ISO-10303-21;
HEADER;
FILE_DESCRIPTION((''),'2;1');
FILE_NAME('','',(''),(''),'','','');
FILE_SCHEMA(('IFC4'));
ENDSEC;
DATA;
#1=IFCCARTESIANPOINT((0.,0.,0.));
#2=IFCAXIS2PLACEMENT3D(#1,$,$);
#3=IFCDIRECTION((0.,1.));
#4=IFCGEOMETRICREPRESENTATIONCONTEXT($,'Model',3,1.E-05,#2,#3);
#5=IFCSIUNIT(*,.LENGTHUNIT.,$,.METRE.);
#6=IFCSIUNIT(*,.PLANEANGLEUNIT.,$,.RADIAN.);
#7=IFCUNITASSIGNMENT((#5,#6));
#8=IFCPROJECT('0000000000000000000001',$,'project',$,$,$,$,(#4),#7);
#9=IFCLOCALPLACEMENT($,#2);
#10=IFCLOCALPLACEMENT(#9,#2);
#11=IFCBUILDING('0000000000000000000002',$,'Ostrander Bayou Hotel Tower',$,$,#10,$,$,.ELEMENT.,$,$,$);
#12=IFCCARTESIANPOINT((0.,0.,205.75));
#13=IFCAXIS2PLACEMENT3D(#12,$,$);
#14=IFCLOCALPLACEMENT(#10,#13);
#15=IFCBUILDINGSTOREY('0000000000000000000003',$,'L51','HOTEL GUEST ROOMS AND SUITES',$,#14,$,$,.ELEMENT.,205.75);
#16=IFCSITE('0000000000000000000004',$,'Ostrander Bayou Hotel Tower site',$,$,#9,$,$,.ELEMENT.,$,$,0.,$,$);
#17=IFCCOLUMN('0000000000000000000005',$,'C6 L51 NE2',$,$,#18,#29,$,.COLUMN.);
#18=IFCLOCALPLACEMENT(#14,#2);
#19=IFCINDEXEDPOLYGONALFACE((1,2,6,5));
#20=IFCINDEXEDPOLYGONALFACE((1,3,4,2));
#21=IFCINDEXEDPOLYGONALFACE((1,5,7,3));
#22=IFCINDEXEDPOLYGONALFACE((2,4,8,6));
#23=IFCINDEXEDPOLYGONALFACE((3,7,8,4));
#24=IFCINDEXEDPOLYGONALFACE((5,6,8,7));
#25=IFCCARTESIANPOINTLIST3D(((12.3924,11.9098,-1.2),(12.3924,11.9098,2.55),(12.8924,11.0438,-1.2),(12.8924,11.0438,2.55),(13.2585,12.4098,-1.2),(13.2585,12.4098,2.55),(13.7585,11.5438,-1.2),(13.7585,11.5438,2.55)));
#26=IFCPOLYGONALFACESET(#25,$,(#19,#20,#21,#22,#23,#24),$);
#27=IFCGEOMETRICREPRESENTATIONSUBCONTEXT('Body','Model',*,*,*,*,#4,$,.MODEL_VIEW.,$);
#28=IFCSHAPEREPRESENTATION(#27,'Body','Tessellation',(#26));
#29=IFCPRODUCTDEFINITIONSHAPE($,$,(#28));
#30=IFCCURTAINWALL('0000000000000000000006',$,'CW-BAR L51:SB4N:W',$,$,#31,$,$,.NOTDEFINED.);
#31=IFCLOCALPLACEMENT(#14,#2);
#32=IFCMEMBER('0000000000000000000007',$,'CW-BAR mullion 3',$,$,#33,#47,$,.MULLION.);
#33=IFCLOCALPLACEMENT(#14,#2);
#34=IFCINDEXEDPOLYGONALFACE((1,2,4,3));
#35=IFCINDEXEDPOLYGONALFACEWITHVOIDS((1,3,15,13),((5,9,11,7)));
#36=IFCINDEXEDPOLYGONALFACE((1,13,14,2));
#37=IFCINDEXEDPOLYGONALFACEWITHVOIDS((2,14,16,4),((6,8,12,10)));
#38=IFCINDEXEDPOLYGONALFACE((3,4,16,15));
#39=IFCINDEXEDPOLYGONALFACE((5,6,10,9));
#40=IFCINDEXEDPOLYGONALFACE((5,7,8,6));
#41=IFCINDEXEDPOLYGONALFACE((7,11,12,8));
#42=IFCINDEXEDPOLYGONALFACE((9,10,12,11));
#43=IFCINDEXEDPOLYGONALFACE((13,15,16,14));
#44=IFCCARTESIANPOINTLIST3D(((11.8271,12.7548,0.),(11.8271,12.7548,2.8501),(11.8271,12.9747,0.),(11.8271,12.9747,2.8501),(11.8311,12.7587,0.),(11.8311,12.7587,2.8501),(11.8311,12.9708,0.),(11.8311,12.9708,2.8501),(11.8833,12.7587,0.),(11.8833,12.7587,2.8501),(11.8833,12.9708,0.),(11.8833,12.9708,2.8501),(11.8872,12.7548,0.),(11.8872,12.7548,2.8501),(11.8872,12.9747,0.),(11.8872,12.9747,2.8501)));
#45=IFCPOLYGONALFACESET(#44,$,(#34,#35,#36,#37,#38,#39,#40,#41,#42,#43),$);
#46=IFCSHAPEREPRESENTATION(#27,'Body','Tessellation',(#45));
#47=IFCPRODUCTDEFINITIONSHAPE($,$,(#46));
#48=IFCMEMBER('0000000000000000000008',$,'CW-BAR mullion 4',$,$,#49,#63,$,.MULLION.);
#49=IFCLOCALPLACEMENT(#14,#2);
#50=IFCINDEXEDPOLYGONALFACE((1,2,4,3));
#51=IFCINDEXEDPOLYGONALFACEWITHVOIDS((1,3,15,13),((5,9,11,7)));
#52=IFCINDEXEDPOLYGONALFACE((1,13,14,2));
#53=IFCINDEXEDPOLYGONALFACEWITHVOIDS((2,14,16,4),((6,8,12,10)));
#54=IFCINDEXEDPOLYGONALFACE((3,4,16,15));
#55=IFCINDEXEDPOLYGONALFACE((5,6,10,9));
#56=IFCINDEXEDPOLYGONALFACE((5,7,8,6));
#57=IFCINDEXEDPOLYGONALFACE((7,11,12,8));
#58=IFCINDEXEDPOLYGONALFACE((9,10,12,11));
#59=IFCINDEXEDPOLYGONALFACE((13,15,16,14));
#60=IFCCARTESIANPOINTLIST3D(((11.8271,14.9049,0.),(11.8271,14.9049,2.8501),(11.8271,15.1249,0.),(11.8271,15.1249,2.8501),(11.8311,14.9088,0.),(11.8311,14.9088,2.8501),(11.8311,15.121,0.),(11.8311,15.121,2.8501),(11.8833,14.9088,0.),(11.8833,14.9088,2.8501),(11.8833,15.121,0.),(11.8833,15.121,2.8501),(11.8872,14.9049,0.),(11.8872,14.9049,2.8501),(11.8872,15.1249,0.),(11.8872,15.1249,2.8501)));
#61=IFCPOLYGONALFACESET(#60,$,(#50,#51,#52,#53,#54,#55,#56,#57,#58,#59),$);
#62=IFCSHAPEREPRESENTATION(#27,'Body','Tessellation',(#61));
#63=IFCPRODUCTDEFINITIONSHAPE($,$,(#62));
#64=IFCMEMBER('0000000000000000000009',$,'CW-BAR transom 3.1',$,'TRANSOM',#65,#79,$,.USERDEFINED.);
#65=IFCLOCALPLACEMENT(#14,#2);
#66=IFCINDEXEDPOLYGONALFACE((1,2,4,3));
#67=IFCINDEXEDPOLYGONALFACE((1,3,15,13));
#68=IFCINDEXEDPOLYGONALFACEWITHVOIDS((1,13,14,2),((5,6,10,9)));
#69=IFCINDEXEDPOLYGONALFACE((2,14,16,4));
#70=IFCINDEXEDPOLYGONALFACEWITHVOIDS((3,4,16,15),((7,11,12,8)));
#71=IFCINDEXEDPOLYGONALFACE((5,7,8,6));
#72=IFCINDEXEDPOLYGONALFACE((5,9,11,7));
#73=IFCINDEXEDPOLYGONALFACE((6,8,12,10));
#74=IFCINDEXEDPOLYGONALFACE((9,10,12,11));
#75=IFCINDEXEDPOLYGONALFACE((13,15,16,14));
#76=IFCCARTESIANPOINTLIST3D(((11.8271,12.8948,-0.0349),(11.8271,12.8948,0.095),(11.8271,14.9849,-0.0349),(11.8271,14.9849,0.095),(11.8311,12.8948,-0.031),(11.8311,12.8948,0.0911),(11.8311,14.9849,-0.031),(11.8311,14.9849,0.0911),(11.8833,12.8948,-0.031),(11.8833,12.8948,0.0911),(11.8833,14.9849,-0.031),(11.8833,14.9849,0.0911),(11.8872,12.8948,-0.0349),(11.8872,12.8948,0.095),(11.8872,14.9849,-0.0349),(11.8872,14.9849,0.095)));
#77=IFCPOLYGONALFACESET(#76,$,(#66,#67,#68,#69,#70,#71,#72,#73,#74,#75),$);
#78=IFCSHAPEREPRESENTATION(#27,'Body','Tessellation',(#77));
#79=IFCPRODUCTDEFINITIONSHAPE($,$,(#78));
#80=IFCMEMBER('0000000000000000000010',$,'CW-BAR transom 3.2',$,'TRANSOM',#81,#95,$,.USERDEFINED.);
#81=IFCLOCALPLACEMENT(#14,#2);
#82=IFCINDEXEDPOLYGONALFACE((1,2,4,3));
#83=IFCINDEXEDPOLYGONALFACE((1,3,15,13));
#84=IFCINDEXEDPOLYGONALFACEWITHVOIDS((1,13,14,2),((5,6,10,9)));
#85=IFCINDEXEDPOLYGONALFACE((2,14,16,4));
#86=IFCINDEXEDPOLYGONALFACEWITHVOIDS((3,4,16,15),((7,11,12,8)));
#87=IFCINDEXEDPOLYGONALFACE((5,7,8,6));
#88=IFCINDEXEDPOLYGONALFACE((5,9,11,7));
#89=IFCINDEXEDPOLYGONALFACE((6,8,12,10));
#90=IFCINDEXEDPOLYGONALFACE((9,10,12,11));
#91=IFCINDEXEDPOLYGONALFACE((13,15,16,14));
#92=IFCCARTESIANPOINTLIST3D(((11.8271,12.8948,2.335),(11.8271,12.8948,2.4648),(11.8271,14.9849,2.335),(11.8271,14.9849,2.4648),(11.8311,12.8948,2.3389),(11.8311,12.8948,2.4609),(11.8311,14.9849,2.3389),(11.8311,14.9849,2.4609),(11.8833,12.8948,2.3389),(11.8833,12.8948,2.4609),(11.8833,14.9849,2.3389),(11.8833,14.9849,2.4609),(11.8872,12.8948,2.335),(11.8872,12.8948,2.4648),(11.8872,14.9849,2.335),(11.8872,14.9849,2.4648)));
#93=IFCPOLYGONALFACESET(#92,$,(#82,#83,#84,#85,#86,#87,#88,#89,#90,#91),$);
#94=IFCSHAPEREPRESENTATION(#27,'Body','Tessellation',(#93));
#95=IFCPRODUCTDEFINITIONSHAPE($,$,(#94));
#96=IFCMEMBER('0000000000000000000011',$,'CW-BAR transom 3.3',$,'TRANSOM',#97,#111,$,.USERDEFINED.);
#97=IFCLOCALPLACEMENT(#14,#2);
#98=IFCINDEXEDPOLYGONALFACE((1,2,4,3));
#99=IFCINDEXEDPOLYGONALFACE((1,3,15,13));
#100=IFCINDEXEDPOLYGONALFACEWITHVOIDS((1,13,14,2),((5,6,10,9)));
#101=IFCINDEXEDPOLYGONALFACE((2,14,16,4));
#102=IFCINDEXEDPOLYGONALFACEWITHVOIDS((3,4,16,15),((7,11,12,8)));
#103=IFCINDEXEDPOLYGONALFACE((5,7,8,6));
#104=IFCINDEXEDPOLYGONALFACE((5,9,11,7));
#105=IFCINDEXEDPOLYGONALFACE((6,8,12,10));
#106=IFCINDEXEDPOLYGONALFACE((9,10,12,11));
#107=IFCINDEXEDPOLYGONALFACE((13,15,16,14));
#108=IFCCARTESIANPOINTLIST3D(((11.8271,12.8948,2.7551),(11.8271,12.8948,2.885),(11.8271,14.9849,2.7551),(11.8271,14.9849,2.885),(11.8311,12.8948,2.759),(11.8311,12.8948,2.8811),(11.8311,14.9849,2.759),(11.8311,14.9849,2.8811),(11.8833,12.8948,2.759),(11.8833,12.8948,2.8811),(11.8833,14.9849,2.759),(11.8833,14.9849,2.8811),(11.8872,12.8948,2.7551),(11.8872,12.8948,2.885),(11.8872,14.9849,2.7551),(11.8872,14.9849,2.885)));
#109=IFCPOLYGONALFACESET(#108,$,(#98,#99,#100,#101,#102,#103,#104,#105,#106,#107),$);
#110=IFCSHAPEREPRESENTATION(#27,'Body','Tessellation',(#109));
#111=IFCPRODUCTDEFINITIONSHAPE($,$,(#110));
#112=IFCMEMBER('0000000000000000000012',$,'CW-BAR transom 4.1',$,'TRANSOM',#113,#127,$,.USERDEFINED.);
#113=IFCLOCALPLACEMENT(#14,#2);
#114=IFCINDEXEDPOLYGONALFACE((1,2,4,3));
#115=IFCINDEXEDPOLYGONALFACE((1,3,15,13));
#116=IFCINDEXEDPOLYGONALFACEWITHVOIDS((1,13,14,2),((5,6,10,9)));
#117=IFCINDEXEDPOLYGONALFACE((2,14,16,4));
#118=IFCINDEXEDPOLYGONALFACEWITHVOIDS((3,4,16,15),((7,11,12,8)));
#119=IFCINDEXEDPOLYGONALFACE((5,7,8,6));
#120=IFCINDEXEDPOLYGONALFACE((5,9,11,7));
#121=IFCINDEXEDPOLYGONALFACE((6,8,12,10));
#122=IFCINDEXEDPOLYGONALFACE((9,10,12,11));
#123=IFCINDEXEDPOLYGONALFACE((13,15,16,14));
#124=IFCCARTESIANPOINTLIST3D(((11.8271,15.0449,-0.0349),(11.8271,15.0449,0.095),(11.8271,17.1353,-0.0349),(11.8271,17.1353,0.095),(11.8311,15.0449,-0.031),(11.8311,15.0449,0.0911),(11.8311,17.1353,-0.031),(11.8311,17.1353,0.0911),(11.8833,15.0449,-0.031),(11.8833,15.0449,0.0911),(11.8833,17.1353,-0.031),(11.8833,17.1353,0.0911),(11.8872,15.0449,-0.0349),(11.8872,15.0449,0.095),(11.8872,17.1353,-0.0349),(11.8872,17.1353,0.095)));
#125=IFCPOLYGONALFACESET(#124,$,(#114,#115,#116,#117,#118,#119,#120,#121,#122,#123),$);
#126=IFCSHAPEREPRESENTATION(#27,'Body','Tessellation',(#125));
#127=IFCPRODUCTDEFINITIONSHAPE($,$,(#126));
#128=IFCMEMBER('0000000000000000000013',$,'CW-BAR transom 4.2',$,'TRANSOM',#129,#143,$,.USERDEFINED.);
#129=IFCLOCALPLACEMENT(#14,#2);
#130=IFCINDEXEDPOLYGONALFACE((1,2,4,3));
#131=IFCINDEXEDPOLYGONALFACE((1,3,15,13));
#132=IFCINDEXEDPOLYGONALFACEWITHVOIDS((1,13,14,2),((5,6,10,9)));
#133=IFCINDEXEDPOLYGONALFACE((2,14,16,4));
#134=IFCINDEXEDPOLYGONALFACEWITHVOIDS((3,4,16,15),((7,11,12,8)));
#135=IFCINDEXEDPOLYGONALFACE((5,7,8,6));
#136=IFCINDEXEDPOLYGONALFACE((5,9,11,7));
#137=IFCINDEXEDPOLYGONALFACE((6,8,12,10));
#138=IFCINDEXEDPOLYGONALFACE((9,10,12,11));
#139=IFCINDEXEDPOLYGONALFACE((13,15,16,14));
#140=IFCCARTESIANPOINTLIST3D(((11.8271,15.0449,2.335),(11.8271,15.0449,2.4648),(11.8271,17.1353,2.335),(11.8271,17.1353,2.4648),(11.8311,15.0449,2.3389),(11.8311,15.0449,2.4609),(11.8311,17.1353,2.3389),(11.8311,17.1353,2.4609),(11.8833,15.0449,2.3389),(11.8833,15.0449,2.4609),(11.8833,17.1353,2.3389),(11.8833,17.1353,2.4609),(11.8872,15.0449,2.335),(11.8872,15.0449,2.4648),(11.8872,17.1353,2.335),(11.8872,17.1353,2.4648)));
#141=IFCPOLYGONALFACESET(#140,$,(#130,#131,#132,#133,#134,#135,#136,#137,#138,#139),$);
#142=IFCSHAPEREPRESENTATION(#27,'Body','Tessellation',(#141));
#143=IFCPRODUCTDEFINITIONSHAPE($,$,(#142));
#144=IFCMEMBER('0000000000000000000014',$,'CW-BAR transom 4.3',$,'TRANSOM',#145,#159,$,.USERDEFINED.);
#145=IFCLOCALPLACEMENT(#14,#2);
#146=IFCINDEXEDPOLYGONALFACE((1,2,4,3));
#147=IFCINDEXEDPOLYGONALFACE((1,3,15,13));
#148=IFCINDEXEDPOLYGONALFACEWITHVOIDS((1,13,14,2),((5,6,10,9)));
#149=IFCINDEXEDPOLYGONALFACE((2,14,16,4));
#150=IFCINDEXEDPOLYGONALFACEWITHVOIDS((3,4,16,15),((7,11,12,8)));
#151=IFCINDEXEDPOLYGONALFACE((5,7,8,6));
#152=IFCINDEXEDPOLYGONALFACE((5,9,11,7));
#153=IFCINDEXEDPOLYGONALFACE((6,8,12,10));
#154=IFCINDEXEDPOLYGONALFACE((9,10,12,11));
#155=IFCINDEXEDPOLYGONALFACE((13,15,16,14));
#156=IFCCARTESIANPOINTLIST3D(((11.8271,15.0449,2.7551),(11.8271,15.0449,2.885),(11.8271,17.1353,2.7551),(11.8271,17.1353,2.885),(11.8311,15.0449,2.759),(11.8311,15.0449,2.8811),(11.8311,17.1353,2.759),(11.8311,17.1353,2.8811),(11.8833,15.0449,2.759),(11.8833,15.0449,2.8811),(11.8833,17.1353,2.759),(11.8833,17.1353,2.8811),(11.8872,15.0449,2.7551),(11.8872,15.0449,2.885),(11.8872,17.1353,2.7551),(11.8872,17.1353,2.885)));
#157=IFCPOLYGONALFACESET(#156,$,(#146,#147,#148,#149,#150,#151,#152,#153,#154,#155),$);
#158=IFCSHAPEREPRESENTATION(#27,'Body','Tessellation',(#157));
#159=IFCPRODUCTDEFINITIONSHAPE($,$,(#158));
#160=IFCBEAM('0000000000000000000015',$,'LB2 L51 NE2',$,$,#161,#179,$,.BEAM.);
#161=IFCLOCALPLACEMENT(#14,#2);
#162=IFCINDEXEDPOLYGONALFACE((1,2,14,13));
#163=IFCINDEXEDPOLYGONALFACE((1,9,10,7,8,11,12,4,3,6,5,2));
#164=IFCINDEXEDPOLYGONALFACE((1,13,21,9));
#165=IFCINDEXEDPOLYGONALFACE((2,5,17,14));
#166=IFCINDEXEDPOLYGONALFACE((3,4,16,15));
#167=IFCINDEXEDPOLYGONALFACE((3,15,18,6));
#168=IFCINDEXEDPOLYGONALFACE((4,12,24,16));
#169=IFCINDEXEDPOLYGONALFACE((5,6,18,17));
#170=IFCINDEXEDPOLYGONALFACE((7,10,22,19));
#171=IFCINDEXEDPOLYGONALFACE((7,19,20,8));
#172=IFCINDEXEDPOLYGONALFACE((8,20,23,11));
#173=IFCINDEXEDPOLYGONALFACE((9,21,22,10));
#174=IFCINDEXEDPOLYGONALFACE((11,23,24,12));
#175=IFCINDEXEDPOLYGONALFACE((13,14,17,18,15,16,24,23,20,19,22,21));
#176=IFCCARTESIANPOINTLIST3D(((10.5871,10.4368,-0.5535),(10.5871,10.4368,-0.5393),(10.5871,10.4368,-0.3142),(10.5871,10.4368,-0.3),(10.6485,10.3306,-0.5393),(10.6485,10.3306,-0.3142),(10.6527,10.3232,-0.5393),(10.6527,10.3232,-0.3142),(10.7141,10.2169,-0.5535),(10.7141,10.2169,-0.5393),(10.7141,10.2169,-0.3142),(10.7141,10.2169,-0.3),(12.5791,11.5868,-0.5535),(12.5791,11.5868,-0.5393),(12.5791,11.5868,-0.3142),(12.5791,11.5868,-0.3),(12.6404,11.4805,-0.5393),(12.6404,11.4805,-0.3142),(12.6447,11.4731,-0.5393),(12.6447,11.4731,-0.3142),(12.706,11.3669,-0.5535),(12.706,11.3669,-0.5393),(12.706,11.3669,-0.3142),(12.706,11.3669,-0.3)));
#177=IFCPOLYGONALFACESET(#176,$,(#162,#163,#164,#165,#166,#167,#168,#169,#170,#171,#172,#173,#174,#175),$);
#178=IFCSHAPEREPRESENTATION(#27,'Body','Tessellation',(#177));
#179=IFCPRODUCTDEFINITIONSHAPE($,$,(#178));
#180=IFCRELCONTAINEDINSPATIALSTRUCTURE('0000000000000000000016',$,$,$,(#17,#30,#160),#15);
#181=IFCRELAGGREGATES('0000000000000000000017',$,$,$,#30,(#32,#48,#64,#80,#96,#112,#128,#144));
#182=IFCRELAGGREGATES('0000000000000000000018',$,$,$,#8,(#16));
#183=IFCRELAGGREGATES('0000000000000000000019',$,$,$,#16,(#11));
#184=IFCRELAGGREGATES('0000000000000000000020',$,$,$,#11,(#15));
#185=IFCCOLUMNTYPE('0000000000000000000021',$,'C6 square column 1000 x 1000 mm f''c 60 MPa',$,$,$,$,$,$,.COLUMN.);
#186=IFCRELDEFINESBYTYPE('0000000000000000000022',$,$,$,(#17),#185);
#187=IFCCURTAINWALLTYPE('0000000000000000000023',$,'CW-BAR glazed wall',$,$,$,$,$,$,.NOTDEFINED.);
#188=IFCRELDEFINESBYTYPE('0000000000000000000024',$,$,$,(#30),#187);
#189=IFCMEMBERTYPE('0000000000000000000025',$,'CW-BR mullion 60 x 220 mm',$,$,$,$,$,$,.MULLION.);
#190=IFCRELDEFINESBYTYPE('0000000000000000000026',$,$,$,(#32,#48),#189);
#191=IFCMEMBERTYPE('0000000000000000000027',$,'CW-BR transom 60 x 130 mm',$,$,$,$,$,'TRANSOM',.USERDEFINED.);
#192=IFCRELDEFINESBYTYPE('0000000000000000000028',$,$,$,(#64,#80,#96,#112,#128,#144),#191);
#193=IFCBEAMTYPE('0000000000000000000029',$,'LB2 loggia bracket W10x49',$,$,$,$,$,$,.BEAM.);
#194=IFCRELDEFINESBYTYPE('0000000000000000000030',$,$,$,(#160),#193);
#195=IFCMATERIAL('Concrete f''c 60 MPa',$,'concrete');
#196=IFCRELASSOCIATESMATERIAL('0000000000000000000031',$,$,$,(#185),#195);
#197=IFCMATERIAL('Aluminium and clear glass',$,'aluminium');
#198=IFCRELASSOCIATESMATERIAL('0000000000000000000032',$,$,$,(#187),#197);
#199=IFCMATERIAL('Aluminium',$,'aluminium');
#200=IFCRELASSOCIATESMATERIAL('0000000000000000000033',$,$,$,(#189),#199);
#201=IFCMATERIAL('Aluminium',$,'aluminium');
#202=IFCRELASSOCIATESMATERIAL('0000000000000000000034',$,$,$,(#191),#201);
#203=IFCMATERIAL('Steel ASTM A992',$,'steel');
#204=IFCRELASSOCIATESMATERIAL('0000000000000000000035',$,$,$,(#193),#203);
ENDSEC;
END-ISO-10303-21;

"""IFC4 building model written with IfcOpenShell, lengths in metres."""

from ifc_helpers import new_model, si_unit, direction, frame, origin, origin_2d, place, context, subcontext, project, spatial, rectangle, hollow_rectangle, i_section, extrude, material, material_profile, profile_set, type_object, element, aggregate, save


model = new_model("IFC4")

# Units and contexts
model_context = context("Model", 3, precision=1e-05, world=origin(), true_north=direction((0.0, 1.0)))
body_context = subcontext(model_context, "Body", "Model", "MODEL_VIEW")
ifc_project = project(units=[si_unit("LENGTHUNIT", "METRE"), si_unit("PLANEANGLEUNIT", "RADIAN")], contexts=[model_context])

# Site, building, storey
site_placement = place(None, origin())
site = spatial("IfcSite", under=ifc_project, at=site_placement, Name="Ostrander Bayou Hotel Tower site", CompositionType="ELEMENT", RefElevation=0.0)
building_placement = place(site_placement, origin())
building = spatial("IfcBuilding", under=site, at=building_placement, Name="Ostrander Bayou Hotel Tower", CompositionType="ELEMENT")
storey_placement = place(building_placement, frame((0.0, 0.0, 205.75)))
storey = spatial("IfcBuildingStorey", under=building, at=storey_placement, Name="L51", Description="HOTEL GUEST ROOMS AND SUITES", CompositionType="ELEMENT", Elevation=205.75)

# Column
ifc_material_1 = material(Name="Concrete f'c 60 MPa", Category="concrete")
ifc_material_profile_1 = material_profile(ifc_material_1, rectangle(XDim=1.0, YDim=1.0, at=origin_2d()))
ifc_profile_set_1 = profile_set([ifc_material_profile_1], Name="Concrete f'c 60 MPa")
column_type = type_object("IfcColumnType", Name="C6 square column 1000 x 1000 mm f'c 60 MPa", PredefinedType="COLUMN", material=ifc_profile_set_1)
column_placement = place(storey_placement, frame((13.0754, 11.7268, -1.2), z_axis=(0.0, 0.0, 1.0), x_axis=(0.5, -0.866025, 0.0)))
element("IfcColumn", 1, at=column_placement, inside=storey, type_object=column_type, Name="C6 L51 NE2", PredefinedType="COLUMN", context=body_context, shape_type="SweptSolid", body=[
    extrude(rectangle(XDim=1.0, YDim=1.0, at=origin_2d()), origin(), (0.0, 0.0, 1.0), 3.75),
])

# Curtain wall, members
ifc_material_2 = material(Name="Aluminium and clear glass", Category="aluminium")
curtain_wall_type = type_object("IfcCurtainWallType", Name="CW-BAR glazed wall", PredefinedType="NOTDEFINED", material=ifc_material_2)
curtain_wall_placement = place(storey_placement, origin())
curtain_wall = element("IfcCurtainWall", 2, at=curtain_wall_placement, inside=storey, type_object=curtain_wall_type, Name="CW-BAR L51:SB4N:W", PredefinedType="NOTDEFINED")
ifc_material_3 = material(Name="Aluminium", Category="aluminium")
ifc_material_profile_2 = material_profile(ifc_material_3, hollow_rectangle(XDim=0.0601, YDim=0.22, WallThickness=0.0039, at=origin_2d()))
ifc_profile_set_2 = profile_set([ifc_material_profile_2], Name="Aluminium")
member_type_1 = type_object("IfcMemberType", Name="CW-BR mullion 60 x 220 mm", PredefinedType="MULLION", material=ifc_profile_set_2)
member_1_placement = place(storey_placement, frame((11.8572, 12.8647, 0.0), z_axis=(0.0, 0.0, 1.0), x_axis=(-1.0, 0.0, 0.0)))
member_1 = element("IfcMember", 3, at=member_1_placement, type_object=member_type_1, Name="CW-BAR mullion 3", PredefinedType="MULLION", context=body_context, shape_type="SweptSolid", body=[
    extrude(hollow_rectangle(XDim=0.0601, YDim=0.22, WallThickness=0.0039, at=origin_2d()), origin(), (0.0, 0.0, 1.0), 2.8501),
])
member_2_placement = place(storey_placement, frame((11.8572, 15.0149, 0.0), z_axis=(0.0, 0.0, 1.0), x_axis=(-1.0, 0.0, 0.0)))
member_2 = element("IfcMember", 4, at=member_2_placement, type_object=member_type_1, Name="CW-BAR mullion 4", PredefinedType="MULLION", context=body_context, shape_type="SweptSolid", body=[
    extrude(hollow_rectangle(XDim=0.0601, YDim=0.22, WallThickness=0.0039, at=origin_2d()), origin(), (0.0, 0.0, 1.0), 2.8501),
])
ifc_material_4 = material(Name="Aluminium", Category="aluminium")
ifc_material_profile_3 = material_profile(ifc_material_4, hollow_rectangle(XDim=0.0601, YDim=0.1299, WallThickness=0.0039, at=origin_2d()))
ifc_profile_set_3 = profile_set([ifc_material_profile_3], Name="Aluminium")
member_type_2 = type_object("IfcMemberType", Name="CW-BR transom 60 x 130 mm", ElementType="TRANSOM", PredefinedType="USERDEFINED", material=ifc_profile_set_3)
member_3_placement = place(storey_placement, frame((11.8572, 12.8948, 0.03), z_axis=(0.0, 1.0, 0.0), x_axis=(-1.0, 0.0, 0.0)))
member_3 = element("IfcMember", 5, at=member_3_placement, type_object=member_type_2, Name="CW-BAR transom 3.1", ObjectType="TRANSOM", PredefinedType="USERDEFINED", context=body_context, shape_type="SweptSolid", body=[
    extrude(hollow_rectangle(XDim=0.0601, YDim=0.1299, WallThickness=0.0039, at=origin_2d()), origin(), (0.0, 0.0, 1.0), 2.0901),
])
member_4_placement = place(storey_placement, frame((11.8572, 12.8948, 2.3999), z_axis=(0.0, 1.0, 0.0), x_axis=(-1.0, 0.0, 0.0)))
member_4 = element("IfcMember", 6, at=member_4_placement, type_object=member_type_2, Name="CW-BAR transom 3.2", ObjectType="TRANSOM", PredefinedType="USERDEFINED", context=body_context, shape_type="SweptSolid", body=[
    extrude(hollow_rectangle(XDim=0.0601, YDim=0.1299, WallThickness=0.0039, at=origin_2d()), origin(), (0.0, 0.0, 1.0), 2.0901),
])
member_5_placement = place(storey_placement, frame((11.8572, 12.8948, 2.8201), z_axis=(0.0, 1.0, 0.0), x_axis=(-1.0, 0.0, 0.0)))
member_5 = element("IfcMember", 7, at=member_5_placement, type_object=member_type_2, Name="CW-BAR transom 3.3", ObjectType="TRANSOM", PredefinedType="USERDEFINED", context=body_context, shape_type="SweptSolid", body=[
    extrude(hollow_rectangle(XDim=0.0601, YDim=0.1299, WallThickness=0.0039, at=origin_2d()), origin(), (0.0, 0.0, 1.0), 2.0901),
])
member_6_placement = place(storey_placement, frame((11.8572, 15.0449, 0.03), z_axis=(0.0, 1.0, 0.0), x_axis=(-1.0, 0.0, 0.0)))
member_6 = element("IfcMember", 8, at=member_6_placement, type_object=member_type_2, Name="CW-BAR transom 4.1", ObjectType="TRANSOM", PredefinedType="USERDEFINED", context=body_context, shape_type="SweptSolid", body=[
    extrude(hollow_rectangle(XDim=0.0601, YDim=0.1299, WallThickness=0.0039, at=origin_2d()), origin(), (0.0, 0.0, 1.0), 2.0903),
])
member_7_placement = place(storey_placement, frame((11.8572, 15.0449, 2.3999), z_axis=(0.0, 1.0, 0.0), x_axis=(-1.0, 0.0, 0.0)))
member_7 = element("IfcMember", 9, at=member_7_placement, type_object=member_type_2, Name="CW-BAR transom 4.2", ObjectType="TRANSOM", PredefinedType="USERDEFINED", context=body_context, shape_type="SweptSolid", body=[
    extrude(hollow_rectangle(XDim=0.0601, YDim=0.1299, WallThickness=0.0039, at=origin_2d()), origin(), (0.0, 0.0, 1.0), 2.0903),
])
member_8_placement = place(storey_placement, frame((11.8572, 15.0449, 2.8201), z_axis=(0.0, 1.0, 0.0), x_axis=(-1.0, 0.0, 0.0)))
member_8 = element("IfcMember", 10, at=member_8_placement, type_object=member_type_2, Name="CW-BAR transom 4.3", ObjectType="TRANSOM", PredefinedType="USERDEFINED", context=body_context, shape_type="SweptSolid", body=[
    extrude(hollow_rectangle(XDim=0.0601, YDim=0.1299, WallThickness=0.0039, at=origin_2d()), origin(), (0.0, 0.0, 1.0), 2.0903),
])

# Beam
ifc_material_5 = material(Name="Steel ASTM A992", Category="steel")
ifc_material_profile_4 = material_profile(ifc_material_5, i_section(OverallWidth=0.2539, OverallDepth=0.2534, WebThickness=0.0085, FlangeThickness=0.0142, at=origin_2d()))
ifc_profile_set_4 = profile_set([ifc_material_profile_4], Name="Steel ASTM A992")
beam_type_1 = type_object("IfcBeamType", Name="LB2 loggia bracket W10x49", PredefinedType="BEAM", material=ifc_profile_set_4)
beam_1_placement = place(storey_placement, frame((12.6426, 11.4768, -0.4268), z_axis=(-0.866053, -0.499952, 0.0), x_axis=(0.499952, -0.866053, 0.0)))
element("IfcBeam", 11, at=beam_1_placement, inside=storey, type_object=beam_type_1, Name="LB2 L51 NE2", PredefinedType="BEAM", context=body_context, shape_type="SweptSolid", body=[
    extrude(i_section(OverallWidth=0.2539, OverallDepth=0.2534, WebThickness=0.0085, FlangeThickness=0.0142, at=origin_2d()), origin(), (0.0, 0.0, 1.0), 2.3),
])

aggregate(curtain_wall, [member_1, member_2, member_3, member_4, member_5, member_6, member_7, member_8])

save(model, "model.ifc")
